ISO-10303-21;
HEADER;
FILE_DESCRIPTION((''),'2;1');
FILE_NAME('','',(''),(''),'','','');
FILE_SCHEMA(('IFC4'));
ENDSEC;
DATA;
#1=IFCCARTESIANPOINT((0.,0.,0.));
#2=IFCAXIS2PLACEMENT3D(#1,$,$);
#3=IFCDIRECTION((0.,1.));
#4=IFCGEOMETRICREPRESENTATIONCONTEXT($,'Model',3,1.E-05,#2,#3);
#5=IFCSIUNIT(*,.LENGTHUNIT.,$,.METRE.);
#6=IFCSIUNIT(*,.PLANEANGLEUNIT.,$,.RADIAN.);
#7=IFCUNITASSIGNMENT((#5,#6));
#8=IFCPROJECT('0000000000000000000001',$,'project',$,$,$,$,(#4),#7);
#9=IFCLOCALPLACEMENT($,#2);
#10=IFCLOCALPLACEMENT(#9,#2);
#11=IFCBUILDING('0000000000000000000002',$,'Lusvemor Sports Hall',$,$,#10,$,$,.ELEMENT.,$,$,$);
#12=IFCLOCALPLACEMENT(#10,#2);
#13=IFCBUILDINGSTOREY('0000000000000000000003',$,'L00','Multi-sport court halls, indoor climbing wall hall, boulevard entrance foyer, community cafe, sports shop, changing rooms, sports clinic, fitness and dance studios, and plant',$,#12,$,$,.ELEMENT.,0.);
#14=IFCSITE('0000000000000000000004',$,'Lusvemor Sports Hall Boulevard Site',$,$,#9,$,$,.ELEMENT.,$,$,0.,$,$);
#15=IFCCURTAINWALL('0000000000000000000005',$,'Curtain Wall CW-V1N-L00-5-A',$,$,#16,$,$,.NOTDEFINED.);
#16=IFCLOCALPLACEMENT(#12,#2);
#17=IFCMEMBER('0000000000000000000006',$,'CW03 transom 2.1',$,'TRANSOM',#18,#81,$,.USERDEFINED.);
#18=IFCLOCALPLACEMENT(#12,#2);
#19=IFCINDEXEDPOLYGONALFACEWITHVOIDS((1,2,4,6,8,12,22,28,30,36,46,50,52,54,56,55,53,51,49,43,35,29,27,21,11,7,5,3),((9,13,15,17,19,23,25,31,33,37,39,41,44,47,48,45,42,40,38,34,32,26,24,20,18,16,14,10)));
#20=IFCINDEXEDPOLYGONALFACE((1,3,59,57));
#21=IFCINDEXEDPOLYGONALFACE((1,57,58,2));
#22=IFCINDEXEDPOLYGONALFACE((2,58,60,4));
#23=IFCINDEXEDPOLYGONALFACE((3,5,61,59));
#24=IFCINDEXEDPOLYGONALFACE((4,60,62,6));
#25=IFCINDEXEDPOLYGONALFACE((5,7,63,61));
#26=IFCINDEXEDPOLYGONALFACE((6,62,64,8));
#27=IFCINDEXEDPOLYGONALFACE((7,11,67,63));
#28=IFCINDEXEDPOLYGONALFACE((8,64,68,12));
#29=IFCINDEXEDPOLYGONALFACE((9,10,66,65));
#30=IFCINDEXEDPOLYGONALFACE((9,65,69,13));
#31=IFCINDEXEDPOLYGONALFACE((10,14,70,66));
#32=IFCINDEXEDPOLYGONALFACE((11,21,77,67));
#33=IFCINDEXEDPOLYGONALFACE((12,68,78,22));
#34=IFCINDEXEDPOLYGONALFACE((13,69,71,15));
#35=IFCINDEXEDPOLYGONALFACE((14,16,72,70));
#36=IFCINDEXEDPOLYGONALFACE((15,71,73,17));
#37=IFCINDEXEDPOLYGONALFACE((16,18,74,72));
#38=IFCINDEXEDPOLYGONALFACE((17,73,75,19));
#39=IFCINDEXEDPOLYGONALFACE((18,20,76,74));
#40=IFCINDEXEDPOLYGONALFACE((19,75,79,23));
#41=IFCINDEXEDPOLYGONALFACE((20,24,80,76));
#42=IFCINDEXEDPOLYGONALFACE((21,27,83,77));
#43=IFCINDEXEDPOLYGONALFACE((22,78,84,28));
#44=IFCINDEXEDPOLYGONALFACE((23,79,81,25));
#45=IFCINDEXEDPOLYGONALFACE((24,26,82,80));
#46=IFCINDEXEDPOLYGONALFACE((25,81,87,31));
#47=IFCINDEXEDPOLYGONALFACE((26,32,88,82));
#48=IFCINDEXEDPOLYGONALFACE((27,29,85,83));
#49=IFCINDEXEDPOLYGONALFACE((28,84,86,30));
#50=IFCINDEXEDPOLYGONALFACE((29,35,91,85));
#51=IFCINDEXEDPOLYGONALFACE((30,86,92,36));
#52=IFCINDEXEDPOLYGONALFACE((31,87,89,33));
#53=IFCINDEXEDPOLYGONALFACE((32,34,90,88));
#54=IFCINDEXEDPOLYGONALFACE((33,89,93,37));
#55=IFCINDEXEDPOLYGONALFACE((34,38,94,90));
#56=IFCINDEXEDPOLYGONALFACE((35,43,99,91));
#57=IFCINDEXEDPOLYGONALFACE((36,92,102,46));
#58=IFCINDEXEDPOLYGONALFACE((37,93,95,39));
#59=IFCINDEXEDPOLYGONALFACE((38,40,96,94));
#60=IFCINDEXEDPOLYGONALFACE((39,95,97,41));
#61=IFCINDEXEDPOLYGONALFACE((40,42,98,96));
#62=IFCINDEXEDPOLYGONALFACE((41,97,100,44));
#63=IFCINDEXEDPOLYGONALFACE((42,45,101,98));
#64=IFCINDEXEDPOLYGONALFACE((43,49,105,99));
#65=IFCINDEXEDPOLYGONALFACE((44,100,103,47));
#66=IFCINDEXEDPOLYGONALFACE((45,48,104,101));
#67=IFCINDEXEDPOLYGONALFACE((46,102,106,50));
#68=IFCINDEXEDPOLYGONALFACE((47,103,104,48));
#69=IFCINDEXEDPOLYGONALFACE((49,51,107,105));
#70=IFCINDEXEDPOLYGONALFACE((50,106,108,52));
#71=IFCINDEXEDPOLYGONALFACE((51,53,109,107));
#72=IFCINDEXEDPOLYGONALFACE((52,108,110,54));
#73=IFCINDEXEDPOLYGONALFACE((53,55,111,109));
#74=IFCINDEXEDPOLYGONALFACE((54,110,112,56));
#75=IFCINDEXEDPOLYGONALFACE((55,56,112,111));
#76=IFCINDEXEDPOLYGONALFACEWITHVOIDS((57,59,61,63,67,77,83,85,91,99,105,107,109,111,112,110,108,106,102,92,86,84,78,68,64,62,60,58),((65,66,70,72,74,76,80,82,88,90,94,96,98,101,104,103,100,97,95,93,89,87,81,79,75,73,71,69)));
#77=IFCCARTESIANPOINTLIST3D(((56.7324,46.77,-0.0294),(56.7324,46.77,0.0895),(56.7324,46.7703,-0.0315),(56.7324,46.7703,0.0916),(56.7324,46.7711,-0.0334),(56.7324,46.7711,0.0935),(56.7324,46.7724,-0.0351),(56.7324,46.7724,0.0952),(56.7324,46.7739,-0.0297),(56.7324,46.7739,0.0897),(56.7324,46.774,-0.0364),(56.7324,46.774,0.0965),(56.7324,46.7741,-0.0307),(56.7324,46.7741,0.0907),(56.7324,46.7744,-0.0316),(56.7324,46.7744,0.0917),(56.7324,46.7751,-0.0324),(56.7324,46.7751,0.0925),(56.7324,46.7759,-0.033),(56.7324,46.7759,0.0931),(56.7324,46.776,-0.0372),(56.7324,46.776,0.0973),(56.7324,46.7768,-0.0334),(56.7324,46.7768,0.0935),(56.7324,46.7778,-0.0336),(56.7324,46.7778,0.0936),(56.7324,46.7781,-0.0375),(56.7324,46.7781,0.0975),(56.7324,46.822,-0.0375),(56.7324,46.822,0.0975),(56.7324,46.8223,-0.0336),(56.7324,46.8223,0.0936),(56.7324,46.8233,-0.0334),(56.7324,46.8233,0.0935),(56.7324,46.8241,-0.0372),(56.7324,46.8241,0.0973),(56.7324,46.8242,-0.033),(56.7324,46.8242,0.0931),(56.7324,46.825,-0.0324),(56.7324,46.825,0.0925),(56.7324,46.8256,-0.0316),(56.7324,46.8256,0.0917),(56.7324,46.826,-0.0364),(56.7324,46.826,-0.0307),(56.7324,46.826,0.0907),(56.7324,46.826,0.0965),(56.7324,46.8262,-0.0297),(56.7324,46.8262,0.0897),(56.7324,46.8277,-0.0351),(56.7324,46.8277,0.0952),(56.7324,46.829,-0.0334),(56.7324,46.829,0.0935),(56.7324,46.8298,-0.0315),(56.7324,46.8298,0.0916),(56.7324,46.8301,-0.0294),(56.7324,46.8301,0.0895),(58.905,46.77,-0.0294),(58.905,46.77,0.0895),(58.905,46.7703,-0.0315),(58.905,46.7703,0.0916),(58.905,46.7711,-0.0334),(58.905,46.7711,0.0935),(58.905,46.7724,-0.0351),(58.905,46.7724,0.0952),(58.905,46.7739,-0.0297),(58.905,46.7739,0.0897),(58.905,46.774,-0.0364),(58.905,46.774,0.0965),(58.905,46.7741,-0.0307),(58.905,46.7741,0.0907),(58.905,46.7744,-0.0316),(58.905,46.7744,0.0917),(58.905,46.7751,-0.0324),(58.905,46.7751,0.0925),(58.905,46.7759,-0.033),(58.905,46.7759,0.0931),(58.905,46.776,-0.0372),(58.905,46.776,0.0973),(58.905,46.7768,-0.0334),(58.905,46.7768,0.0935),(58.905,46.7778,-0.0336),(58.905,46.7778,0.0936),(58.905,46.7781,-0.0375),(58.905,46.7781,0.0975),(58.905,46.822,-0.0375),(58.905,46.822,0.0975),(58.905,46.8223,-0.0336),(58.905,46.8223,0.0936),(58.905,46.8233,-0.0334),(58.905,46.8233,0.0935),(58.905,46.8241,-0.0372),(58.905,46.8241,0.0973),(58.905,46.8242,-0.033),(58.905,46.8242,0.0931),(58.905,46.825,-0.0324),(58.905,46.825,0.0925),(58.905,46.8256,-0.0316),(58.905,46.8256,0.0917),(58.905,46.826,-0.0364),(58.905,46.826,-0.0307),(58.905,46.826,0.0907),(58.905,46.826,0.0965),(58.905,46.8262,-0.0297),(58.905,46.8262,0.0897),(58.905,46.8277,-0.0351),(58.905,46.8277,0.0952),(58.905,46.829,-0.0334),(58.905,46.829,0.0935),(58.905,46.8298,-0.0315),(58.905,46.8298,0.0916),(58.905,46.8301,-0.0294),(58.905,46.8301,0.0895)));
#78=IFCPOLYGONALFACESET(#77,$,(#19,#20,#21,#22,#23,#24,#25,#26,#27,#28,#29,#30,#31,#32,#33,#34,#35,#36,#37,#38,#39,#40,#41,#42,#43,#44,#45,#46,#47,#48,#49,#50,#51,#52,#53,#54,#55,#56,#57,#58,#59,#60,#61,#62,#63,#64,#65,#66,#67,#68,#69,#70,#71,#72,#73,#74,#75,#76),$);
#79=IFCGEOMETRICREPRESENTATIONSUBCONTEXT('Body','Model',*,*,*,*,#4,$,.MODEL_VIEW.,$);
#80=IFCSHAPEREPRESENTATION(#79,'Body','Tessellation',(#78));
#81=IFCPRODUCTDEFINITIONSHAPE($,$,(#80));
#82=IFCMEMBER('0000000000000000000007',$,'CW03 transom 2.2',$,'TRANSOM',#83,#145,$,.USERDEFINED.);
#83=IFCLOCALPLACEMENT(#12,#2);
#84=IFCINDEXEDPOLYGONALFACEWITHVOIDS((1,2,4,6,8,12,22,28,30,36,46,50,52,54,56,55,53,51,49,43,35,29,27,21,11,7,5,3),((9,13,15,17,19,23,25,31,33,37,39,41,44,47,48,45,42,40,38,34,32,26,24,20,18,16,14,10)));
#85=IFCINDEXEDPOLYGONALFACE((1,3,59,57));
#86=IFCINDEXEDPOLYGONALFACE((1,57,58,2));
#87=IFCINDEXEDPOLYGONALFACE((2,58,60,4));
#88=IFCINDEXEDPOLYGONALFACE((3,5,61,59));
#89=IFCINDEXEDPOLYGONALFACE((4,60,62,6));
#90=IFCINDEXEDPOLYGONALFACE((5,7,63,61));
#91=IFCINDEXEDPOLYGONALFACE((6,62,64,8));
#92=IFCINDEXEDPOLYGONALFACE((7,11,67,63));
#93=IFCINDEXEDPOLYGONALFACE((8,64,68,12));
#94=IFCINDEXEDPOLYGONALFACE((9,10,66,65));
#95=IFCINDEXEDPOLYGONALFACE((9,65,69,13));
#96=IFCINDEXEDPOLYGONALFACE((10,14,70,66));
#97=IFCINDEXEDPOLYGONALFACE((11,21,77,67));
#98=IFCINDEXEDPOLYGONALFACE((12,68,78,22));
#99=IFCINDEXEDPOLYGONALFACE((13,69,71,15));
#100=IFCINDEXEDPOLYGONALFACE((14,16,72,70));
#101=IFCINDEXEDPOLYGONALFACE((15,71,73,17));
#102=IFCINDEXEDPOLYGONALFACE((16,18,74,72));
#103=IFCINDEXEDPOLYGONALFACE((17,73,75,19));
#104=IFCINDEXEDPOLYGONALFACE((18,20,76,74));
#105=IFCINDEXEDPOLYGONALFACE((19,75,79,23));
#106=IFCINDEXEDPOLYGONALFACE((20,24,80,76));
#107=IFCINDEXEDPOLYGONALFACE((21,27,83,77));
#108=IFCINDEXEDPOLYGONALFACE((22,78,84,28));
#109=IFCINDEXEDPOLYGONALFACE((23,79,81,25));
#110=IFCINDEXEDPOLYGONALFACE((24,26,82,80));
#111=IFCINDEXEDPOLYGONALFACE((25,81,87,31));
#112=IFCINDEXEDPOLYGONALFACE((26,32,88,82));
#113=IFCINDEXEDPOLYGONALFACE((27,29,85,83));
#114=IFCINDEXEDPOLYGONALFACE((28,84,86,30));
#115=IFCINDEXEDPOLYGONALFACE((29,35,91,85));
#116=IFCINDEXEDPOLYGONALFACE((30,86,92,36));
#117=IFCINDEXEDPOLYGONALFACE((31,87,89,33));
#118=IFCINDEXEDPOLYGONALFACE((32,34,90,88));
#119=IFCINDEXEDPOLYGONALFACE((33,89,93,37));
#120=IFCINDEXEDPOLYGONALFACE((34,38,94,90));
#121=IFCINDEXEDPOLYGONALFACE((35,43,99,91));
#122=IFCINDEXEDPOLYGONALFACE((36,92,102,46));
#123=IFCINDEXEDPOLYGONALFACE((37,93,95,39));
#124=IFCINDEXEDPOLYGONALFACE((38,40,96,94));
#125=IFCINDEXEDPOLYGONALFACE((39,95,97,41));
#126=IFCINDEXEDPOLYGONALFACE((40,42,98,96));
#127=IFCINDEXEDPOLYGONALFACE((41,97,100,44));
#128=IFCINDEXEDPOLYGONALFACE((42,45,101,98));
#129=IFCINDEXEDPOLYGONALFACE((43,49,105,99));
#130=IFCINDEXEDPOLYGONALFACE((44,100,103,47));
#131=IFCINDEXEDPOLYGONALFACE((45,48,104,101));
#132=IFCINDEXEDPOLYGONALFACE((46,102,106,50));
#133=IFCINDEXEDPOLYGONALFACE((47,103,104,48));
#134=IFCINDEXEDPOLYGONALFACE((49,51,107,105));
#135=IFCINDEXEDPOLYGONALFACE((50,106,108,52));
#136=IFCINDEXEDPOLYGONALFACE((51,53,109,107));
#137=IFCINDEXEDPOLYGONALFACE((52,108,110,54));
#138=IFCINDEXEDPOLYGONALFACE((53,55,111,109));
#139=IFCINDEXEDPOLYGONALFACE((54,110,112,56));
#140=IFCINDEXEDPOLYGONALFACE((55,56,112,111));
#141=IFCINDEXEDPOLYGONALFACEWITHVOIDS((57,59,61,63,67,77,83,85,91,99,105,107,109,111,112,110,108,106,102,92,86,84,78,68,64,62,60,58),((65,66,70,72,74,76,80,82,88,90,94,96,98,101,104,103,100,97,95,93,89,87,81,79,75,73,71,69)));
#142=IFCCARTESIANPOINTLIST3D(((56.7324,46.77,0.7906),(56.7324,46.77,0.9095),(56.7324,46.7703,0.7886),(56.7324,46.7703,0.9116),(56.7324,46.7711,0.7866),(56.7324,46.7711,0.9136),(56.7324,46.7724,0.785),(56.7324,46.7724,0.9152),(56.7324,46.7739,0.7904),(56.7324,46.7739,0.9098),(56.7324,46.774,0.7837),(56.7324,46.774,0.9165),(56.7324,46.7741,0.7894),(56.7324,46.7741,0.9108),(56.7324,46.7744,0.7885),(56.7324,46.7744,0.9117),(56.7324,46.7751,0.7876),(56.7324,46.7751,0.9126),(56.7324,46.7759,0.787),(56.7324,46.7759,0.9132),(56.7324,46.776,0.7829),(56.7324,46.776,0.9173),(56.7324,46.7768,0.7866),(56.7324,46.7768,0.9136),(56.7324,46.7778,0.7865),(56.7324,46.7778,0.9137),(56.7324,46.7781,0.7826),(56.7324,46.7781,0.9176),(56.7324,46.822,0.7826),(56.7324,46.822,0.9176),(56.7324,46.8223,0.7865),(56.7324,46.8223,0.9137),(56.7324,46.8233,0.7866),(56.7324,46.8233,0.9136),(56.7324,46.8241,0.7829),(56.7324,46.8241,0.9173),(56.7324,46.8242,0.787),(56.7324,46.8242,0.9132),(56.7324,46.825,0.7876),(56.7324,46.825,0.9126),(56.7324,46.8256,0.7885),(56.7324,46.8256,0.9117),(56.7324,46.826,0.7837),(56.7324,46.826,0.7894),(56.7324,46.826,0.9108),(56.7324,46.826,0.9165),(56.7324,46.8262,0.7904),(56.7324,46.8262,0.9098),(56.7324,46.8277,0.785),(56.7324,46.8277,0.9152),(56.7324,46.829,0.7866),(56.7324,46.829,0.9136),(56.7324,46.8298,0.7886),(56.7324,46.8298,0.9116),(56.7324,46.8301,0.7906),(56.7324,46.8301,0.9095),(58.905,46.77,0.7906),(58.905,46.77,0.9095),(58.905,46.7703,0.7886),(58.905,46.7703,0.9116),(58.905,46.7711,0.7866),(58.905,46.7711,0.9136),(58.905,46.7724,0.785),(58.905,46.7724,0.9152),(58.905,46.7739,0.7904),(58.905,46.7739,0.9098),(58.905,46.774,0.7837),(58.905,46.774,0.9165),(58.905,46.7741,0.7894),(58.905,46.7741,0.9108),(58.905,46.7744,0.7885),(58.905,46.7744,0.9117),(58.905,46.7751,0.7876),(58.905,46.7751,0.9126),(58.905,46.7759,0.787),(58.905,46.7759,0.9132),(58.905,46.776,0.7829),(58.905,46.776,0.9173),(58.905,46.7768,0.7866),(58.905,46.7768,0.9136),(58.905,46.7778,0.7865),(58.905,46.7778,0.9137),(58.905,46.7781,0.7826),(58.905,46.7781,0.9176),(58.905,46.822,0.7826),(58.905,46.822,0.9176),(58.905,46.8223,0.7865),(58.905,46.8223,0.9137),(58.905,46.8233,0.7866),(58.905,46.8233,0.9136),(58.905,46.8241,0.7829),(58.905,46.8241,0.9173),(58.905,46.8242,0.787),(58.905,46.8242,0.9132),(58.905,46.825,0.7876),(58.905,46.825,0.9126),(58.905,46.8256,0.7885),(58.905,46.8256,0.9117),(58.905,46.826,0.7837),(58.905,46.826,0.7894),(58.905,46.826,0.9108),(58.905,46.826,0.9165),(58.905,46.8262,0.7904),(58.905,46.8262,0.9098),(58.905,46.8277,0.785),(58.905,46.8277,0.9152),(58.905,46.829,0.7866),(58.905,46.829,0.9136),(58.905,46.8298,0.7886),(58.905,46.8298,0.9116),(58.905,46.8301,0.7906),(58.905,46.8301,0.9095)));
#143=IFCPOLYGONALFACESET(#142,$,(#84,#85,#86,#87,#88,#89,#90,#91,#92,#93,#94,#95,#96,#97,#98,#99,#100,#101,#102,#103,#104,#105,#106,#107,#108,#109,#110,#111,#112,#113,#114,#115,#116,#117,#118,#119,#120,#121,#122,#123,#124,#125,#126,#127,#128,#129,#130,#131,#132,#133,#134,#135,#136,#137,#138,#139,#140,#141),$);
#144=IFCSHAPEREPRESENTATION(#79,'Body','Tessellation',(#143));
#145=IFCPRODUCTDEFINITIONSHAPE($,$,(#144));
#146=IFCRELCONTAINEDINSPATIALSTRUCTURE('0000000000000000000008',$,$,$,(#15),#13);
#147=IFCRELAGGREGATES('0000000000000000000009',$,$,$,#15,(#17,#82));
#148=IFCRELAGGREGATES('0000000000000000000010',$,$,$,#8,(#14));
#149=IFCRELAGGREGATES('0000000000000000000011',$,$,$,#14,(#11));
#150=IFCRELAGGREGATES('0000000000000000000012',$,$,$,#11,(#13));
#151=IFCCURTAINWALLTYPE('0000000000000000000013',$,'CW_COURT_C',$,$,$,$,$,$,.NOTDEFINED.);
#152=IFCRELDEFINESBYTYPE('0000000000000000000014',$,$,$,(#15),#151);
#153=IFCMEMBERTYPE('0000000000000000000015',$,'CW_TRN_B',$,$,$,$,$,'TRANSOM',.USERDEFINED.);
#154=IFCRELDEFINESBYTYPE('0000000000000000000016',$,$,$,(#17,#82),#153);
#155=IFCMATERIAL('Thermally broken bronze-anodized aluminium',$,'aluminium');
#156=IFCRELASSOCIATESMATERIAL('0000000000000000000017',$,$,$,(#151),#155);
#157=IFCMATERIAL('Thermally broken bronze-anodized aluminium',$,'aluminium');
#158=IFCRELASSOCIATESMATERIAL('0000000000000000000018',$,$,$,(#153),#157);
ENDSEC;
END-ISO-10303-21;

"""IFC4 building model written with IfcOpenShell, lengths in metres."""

from ifc_helpers import new_model, si_unit, direction, frame, origin, origin_2d, place, context, subcontext, project, spatial, hollow_rectangle, extrude, material, material_profile, profile_set, type_object, element, aggregate, save


model = new_model("IFC4")

# Units and contexts
model_context = context("Model", 3, precision=1e-05, world=origin(), true_north=direction((0.0, 1.0)))
body_context = subcontext(model_context, "Body", "Model", "MODEL_VIEW")
ifc_project = project(units=[si_unit("LENGTHUNIT", "METRE"), si_unit("PLANEANGLEUNIT", "RADIAN")], contexts=[model_context])

# Site, building, storey
site_placement = place(None, origin())
site = spatial("IfcSite", under=ifc_project, at=site_placement, Name="Lusvemor Sports Hall Boulevard Site", CompositionType="ELEMENT", RefElevation=0.0)
building_placement = place(site_placement, origin())
building = spatial("IfcBuilding", under=site, at=building_placement, Name="Lusvemor Sports Hall", CompositionType="ELEMENT")
storey_placement = place(building_placement, origin())
storey = spatial("IfcBuildingStorey", under=building, at=storey_placement, Name="L00", Description="Multi-sport court halls, indoor climbing wall hall, boulevard entrance foyer, community cafe, sports shop, changing rooms, sports clinic, fitness and dance studios, and plant", CompositionType="ELEMENT", Elevation=0.0)

# Curtain wall, members
ifc_material_1 = material(Name="Thermally broken bronze-anodized aluminium", Category="aluminium")
curtain_wall_type = type_object("IfcCurtainWallType", Name="CW_COURT_C", PredefinedType="NOTDEFINED", material=ifc_material_1)
curtain_wall_placement = place(storey_placement, origin())
curtain_wall = element("IfcCurtainWall", 1, at=curtain_wall_placement, inside=storey, type_object=curtain_wall_type, Name="Curtain Wall CW-V1N-L00-5-A", PredefinedType="NOTDEFINED")
ifc_material_2 = material(Name="Thermally broken bronze-anodized aluminium", Category="aluminium")
ifc_material_profile_1 = material_profile(ifc_material_2, hollow_rectangle(XDim=0.0601, YDim=0.135, WallThickness=0.0039, InnerFilletRadius=0.0039, OuterFilletRadius=0.0081, at=origin_2d()), Name="CWTRN135x60x4")
ifc_profile_set_1 = profile_set([ifc_material_profile_1], Name="Thermally broken bronze-anodized aluminium")
member_type_1 = type_object("IfcMemberType", Name="CW_TRN_B", ElementType="TRANSOM", PredefinedType="USERDEFINED", material=ifc_profile_set_1)
member_1_placement = place(storey_placement, frame((56.7324, 46.8, 0.03), z_axis=(1.0, 0.0, 0.0), x_axis=(0.0, 1.0, 0.0)))
member_1 = element("IfcMember", 2, at=member_1_placement, type_object=member_type_1, Name="CW03 transom 2.1", ObjectType="TRANSOM", PredefinedType="USERDEFINED", context=body_context, shape_type="SweptSolid", body=[
    extrude(hollow_rectangle(XDim=0.0601, YDim=0.135, WallThickness=0.0039, InnerFilletRadius=0.0039, OuterFilletRadius=0.0081, at=origin_2d()), origin(), (0.0, 0.0, 1.0), 2.1726),
])
member_2_placement = place(storey_placement, frame((56.7324, 46.8, 0.8501), z_axis=(1.0, 0.0, 0.0), x_axis=(0.0, 1.0, 0.0)))
member_2 = element("IfcMember", 3, at=member_2_placement, type_object=member_type_1, Name="CW03 transom 2.2", ObjectType="TRANSOM", PredefinedType="USERDEFINED", context=body_context, shape_type="SweptSolid", body=[
    extrude(hollow_rectangle(XDim=0.0601, YDim=0.135, WallThickness=0.0039, InnerFilletRadius=0.0039, OuterFilletRadius=0.0081, at=origin_2d()), origin(), (0.0, 0.0, 1.0), 2.1726),
])
aggregate(curtain_wall, [member_1, member_2])

save(model, "model.ifc")
